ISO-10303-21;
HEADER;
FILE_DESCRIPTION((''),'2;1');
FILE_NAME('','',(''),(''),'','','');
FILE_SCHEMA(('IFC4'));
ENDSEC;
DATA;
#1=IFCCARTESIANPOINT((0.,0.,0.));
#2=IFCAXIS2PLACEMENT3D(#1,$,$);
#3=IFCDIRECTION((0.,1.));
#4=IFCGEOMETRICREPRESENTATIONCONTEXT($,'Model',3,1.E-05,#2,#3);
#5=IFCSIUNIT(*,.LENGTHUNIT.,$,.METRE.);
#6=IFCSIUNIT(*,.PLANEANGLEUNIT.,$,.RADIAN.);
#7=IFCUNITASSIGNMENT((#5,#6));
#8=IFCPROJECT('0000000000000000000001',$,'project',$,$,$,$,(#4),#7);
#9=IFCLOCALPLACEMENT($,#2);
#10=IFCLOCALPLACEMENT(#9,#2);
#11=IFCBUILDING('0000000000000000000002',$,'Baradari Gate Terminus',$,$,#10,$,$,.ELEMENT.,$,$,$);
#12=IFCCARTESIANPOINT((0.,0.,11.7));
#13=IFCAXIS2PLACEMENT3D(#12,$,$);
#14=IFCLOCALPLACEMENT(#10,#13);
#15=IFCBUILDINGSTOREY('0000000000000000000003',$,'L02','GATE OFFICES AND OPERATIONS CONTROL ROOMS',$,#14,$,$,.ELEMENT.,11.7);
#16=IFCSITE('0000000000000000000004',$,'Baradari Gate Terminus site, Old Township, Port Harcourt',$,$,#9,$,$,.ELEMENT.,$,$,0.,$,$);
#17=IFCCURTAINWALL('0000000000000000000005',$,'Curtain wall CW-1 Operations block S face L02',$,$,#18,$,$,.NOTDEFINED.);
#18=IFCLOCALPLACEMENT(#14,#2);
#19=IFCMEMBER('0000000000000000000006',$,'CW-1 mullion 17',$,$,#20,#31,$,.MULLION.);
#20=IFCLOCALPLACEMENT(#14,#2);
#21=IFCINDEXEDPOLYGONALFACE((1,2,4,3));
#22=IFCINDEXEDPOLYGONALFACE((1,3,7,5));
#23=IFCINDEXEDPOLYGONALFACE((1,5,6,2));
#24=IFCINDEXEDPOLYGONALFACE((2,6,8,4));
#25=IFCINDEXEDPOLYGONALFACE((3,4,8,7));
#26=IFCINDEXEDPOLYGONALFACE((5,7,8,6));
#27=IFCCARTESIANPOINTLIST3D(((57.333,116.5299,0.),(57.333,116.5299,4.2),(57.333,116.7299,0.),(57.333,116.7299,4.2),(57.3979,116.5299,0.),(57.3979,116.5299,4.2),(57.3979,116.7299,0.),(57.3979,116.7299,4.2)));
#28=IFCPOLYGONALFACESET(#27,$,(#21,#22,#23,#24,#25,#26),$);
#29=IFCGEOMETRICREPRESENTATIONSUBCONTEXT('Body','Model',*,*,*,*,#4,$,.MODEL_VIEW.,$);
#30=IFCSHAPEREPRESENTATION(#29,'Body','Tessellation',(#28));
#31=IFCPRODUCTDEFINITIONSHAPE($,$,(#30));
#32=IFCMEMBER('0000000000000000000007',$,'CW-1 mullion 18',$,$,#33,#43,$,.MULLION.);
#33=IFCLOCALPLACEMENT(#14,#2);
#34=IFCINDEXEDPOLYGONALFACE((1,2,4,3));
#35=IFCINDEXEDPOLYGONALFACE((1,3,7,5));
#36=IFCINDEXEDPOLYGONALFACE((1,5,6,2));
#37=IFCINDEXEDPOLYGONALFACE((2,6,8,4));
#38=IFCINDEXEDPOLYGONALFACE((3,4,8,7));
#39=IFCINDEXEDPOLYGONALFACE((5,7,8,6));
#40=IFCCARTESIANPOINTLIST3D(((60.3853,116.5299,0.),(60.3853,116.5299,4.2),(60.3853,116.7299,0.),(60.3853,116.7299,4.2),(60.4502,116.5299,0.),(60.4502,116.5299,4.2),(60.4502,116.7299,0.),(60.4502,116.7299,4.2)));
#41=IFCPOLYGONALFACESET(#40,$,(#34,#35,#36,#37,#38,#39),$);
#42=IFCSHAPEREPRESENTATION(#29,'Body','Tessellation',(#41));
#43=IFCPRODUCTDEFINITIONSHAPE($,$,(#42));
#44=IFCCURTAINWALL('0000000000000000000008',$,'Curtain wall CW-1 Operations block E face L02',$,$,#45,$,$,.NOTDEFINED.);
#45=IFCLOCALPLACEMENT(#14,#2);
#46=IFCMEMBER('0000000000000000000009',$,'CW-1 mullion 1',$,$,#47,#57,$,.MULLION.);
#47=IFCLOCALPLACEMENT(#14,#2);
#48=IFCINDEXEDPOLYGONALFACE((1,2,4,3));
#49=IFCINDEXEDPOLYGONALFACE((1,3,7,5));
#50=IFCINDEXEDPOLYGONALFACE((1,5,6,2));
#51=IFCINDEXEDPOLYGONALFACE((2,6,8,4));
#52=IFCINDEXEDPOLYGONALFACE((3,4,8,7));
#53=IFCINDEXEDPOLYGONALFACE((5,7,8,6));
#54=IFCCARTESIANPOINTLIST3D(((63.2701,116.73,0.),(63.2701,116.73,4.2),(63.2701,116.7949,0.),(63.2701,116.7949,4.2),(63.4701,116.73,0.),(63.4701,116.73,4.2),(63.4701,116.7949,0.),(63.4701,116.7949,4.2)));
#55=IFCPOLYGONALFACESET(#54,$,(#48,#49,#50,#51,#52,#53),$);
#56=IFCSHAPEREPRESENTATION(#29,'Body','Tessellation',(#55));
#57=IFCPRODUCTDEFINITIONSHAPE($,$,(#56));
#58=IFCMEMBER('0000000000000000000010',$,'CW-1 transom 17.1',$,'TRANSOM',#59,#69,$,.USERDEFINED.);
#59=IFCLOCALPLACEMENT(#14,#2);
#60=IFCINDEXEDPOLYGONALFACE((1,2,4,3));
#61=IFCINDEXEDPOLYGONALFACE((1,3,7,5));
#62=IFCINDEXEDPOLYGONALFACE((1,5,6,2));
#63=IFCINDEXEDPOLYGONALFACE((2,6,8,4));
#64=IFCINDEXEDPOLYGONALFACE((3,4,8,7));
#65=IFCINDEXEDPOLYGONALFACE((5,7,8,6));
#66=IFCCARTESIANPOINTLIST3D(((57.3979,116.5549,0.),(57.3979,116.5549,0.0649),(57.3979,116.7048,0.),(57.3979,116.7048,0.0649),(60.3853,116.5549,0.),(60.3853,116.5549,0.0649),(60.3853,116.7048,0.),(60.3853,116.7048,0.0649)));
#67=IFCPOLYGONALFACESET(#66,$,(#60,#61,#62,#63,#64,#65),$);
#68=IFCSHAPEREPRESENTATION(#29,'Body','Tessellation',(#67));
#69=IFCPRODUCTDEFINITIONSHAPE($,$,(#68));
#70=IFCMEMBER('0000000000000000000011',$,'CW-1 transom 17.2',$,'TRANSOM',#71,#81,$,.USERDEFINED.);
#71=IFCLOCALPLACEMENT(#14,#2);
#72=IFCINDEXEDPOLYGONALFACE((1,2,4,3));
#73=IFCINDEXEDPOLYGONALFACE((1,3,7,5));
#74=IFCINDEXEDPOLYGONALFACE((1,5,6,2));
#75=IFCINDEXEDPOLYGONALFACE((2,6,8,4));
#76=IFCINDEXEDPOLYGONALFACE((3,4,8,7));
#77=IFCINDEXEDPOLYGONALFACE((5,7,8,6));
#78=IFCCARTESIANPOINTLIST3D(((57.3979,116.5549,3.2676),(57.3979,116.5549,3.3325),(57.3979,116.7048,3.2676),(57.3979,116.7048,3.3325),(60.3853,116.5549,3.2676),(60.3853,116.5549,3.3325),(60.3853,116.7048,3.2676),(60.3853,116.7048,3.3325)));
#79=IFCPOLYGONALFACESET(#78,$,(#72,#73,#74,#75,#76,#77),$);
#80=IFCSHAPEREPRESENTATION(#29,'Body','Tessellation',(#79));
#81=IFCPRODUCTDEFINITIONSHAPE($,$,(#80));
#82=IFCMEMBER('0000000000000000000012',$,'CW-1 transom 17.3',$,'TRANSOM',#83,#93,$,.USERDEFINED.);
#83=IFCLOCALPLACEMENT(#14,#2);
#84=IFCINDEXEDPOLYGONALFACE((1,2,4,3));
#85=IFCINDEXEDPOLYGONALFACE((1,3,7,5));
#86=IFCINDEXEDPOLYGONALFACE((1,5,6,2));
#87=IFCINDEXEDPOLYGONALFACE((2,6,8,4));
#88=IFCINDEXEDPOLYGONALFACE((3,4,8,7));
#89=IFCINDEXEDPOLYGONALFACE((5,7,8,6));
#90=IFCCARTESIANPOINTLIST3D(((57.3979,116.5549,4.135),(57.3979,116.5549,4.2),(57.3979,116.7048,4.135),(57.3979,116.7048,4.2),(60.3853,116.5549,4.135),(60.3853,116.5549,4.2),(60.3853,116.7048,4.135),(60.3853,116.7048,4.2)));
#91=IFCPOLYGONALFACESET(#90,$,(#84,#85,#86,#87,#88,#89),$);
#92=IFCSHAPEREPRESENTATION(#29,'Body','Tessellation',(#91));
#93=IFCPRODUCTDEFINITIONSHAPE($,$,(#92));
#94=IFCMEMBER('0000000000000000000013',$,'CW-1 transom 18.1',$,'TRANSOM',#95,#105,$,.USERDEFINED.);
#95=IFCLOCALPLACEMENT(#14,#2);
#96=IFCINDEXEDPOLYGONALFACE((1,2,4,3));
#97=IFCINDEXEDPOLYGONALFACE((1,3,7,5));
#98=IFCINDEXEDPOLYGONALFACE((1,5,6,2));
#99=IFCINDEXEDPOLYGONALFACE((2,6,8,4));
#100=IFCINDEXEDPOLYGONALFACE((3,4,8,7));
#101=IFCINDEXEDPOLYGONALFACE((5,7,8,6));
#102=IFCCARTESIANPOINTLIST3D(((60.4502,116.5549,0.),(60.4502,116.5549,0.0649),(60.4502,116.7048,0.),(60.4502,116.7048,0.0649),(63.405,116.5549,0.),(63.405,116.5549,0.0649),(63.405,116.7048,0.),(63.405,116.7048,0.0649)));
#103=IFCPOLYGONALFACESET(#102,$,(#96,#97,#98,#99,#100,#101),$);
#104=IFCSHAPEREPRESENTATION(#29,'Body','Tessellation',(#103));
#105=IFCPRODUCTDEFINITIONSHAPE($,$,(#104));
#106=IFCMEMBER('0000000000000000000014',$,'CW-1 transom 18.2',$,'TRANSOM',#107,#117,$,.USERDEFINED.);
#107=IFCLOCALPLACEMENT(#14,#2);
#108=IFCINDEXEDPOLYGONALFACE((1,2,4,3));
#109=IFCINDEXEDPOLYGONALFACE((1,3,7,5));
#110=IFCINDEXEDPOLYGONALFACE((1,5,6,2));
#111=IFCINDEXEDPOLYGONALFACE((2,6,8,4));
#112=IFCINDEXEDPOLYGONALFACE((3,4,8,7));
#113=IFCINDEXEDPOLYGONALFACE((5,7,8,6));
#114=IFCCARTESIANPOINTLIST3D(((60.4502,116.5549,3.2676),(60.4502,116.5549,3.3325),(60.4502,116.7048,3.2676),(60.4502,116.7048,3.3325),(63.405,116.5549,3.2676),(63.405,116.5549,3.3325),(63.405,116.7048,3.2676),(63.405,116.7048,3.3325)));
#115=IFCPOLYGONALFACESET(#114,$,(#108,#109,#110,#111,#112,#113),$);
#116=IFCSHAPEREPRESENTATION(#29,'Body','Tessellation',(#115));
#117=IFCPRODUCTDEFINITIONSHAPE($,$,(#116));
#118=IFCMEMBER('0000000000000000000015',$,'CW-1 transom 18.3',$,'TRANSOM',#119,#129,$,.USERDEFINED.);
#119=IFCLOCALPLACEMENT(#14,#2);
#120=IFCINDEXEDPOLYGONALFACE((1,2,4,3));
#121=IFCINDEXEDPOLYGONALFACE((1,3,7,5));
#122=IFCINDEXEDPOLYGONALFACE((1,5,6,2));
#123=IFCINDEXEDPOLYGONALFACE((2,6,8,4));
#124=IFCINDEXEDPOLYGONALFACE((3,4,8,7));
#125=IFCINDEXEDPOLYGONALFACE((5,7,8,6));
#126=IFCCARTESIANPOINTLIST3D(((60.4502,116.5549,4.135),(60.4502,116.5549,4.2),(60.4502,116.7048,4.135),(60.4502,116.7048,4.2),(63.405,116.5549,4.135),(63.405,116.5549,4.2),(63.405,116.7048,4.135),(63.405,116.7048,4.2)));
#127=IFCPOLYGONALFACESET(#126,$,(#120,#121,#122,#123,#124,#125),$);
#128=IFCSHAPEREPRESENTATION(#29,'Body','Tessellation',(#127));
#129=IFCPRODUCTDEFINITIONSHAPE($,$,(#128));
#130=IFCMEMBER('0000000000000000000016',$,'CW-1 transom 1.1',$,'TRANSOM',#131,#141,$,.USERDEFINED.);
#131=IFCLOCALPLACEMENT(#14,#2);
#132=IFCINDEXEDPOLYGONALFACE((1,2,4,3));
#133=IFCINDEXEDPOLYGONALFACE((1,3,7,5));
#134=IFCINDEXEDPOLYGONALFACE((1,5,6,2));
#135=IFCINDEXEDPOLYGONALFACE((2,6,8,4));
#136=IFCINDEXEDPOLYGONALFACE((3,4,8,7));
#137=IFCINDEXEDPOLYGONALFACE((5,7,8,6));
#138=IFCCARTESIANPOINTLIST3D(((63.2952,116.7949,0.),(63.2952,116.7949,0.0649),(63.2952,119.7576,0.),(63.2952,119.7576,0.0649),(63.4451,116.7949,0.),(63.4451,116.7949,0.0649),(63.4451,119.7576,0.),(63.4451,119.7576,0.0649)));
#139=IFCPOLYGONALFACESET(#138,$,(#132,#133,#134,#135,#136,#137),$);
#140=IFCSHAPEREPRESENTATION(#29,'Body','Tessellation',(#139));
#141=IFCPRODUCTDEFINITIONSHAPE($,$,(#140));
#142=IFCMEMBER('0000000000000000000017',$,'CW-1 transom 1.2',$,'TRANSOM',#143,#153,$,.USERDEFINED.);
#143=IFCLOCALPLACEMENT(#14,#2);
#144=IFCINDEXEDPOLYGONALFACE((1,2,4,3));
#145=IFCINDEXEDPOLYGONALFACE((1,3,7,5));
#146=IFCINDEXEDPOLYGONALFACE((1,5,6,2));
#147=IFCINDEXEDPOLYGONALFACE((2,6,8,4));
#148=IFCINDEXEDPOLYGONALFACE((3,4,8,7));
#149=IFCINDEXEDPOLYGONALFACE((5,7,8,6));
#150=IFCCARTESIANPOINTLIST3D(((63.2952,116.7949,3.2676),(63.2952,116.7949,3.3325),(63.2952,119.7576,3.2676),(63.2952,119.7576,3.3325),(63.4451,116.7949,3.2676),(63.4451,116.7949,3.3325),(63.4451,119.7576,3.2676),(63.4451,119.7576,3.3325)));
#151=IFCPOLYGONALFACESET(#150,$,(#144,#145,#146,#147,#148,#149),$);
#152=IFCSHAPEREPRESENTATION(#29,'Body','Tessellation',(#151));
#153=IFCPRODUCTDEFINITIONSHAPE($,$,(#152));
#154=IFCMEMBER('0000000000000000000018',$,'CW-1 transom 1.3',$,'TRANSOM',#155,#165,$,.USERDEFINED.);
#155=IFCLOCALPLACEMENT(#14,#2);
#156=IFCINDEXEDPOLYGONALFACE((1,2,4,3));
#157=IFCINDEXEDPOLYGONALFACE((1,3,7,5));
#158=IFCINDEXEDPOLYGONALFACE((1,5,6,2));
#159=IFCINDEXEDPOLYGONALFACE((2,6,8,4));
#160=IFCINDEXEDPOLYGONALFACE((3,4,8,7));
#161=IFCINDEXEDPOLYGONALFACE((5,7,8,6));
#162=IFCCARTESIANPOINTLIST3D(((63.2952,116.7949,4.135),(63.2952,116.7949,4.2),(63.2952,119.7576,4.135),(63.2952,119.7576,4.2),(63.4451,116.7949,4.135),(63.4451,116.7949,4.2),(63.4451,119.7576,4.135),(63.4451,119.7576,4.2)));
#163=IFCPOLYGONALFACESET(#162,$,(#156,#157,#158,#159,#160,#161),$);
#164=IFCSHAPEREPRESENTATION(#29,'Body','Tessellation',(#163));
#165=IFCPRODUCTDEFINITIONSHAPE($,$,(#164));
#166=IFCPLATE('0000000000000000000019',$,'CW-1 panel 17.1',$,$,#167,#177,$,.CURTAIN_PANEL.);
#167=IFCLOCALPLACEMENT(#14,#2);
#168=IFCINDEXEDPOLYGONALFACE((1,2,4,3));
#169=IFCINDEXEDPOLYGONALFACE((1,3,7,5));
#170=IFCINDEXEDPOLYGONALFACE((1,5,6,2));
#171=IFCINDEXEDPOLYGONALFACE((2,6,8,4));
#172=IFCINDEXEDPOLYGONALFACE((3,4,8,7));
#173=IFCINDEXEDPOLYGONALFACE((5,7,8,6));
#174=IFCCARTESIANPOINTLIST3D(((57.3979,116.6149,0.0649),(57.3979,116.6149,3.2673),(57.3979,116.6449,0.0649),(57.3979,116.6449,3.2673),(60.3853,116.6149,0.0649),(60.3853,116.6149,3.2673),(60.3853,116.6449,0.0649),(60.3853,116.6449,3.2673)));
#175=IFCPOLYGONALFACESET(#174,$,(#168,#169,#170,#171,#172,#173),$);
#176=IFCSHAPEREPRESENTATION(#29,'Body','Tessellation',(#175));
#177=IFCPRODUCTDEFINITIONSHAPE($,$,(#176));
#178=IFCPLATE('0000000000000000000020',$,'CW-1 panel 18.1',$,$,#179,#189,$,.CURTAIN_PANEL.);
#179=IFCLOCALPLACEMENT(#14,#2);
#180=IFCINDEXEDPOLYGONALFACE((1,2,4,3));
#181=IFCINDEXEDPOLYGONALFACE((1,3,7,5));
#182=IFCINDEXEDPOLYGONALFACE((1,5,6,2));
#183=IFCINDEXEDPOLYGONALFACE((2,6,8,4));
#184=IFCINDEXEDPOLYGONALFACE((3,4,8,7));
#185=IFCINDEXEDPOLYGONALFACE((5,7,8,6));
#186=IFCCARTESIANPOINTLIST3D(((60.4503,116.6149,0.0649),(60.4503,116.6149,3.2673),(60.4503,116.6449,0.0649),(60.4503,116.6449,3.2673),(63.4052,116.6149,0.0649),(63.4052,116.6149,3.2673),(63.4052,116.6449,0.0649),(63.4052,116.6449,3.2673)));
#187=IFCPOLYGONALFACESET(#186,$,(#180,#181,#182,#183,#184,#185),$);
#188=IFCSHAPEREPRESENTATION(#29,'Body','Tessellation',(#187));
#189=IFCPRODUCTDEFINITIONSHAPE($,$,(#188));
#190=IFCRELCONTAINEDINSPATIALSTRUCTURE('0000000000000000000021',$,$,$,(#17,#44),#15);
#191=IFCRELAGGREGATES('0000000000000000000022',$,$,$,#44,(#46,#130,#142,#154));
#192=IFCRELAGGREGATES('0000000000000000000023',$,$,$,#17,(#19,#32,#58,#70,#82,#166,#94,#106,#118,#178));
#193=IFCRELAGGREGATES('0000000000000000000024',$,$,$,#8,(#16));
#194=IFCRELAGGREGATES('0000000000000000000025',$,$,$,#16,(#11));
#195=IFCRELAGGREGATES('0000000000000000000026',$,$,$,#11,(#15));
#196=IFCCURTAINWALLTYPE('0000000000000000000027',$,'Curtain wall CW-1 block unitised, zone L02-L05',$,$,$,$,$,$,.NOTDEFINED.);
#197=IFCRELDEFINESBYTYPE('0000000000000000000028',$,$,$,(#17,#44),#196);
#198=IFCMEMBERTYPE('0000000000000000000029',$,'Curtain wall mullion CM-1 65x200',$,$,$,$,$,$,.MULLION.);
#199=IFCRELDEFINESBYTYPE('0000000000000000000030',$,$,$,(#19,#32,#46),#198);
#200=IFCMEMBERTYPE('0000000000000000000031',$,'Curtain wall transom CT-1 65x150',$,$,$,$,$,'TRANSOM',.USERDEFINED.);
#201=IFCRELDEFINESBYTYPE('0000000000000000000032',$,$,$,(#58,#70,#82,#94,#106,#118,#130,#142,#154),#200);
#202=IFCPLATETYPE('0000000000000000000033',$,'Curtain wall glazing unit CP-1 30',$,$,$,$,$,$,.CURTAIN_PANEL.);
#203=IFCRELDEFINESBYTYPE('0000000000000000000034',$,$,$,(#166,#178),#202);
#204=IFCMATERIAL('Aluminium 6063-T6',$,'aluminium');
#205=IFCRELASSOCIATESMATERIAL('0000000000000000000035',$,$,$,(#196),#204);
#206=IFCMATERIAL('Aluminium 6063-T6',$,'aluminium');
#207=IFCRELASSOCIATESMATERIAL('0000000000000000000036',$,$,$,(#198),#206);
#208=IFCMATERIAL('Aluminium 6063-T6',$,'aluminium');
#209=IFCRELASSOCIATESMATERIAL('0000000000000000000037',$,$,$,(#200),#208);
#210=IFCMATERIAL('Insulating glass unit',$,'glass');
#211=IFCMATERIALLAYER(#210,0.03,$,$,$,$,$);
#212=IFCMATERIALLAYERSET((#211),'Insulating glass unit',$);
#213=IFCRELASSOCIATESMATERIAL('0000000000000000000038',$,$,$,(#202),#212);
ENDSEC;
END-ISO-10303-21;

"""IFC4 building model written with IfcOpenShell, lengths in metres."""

from ifc_helpers import new_model, si_unit, direction, frame, origin, origin_2d, place, context, subcontext, project, spatial, rectangle, extrude, material, layer, layer_set, material_profile, profile_set, type_object, element, aggregate, save


model = new_model("IFC4")

# Units and contexts
model_context = context("Model", 3, precision=1e-05, world=origin(), true_north=direction((0.0, 1.0)))
body_context = subcontext(model_context, "Body", "Model", "MODEL_VIEW")
ifc_project = project(units=[si_unit("LENGTHUNIT", "METRE"), si_unit("PLANEANGLEUNIT", "RADIAN")], contexts=[model_context])

# Site, building, storey
site_placement = place(None, origin())
site = spatial("IfcSite", under=ifc_project, at=site_placement, Name="Baradari Gate Terminus site, Old Township, Port Harcourt", CompositionType="ELEMENT", RefElevation=0.0)
building_placement = place(site_placement, origin())
building = spatial("IfcBuilding", under=site, at=building_placement, Name="Baradari Gate Terminus", CompositionType="ELEMENT")
storey_placement = place(building_placement, frame((0.0, 0.0, 11.7)))
storey = spatial("IfcBuildingStorey", under=building, at=storey_placement, Name="L02", Description="GATE OFFICES AND OPERATIONS CONTROL ROOMS", CompositionType="ELEMENT", Elevation=11.7)

# Curtain wall, members
ifc_material_1 = material(Name="Aluminium 6063-T6", Category="aluminium")
curtain_wall_type = type_object("IfcCurtainWallType", Name="Curtain wall CW-1 block unitised, zone L02-L05", PredefinedType="NOTDEFINED", material=ifc_material_1)
curtain_wall_1_placement = place(storey_placement, origin())
curtain_wall_1 = element("IfcCurtainWall", 1, at=curtain_wall_1_placement, inside=storey, type_object=curtain_wall_type, Name="Curtain wall CW-1 Operations block S face L02", PredefinedType="NOTDEFINED")
ifc_material_2 = material(Name="Aluminium 6063-T6", Category="aluminium")
ifc_material_profile_1 = material_profile(ifc_material_2, rectangle(XDim=0.2, YDim=0.0649, at=origin_2d()), Name="CM-1 65X200")
ifc_profile_set_1 = profile_set([ifc_material_profile_1], Name="Aluminium 6063-T6")
member_type_1 = type_object("IfcMemberType", Name="Curtain wall mullion CM-1 65x200", PredefinedType="MULLION", material=ifc_profile_set_1)
member_1_placement = place(storey_placement, frame((57.3655, 116.6299, 0.0), z_axis=(0.0, 0.0, 1.0), x_axis=(0.0, 1.0, 0.0)))
member_1 = element("IfcMember", 2, at=member_1_placement, type_object=member_type_1, Name="CW-1 mullion 17", PredefinedType="MULLION", context=body_context, shape_type="SweptSolid", body=[
    extrude(rectangle(XDim=0.2, YDim=0.0649, at=origin_2d()), origin(), (0.0, 0.0, 1.0), 4.2),
])
member_2_placement = place(storey_placement, frame((60.4177, 116.6299, 0.0), z_axis=(0.0, 0.0, 1.0), x_axis=(0.0, 1.0, 0.0)))
member_2 = element("IfcMember", 3, at=member_2_placement, type_object=member_type_1, Name="CW-1 mullion 18", PredefinedType="MULLION", context=body_context, shape_type="SweptSolid", body=[
    extrude(rectangle(XDim=0.2, YDim=0.0649, at=origin_2d()), origin(), (0.0, 0.0, 1.0), 4.2),
])

# Curtain wall, member
curtain_wall_2_placement = place(storey_placement, origin())
curtain_wall_2 = element("IfcCurtainWall", 4, at=curtain_wall_2_placement, inside=storey, type_object=curtain_wall_type, Name="Curtain wall CW-1 Operations block E face L02", PredefinedType="NOTDEFINED")
member_3_placement = place(storey_placement, frame((63.3701, 116.7625, 0.0), z_axis=(0.0, 0.0, 1.0), x_axis=(-1.0, 0.0, 0.0)))
member_3 = element("IfcMember", 5, at=member_3_placement, type_object=member_type_1, Name="CW-1 mullion 1", PredefinedType="MULLION", context=body_context, shape_type="SweptSolid", body=[
    extrude(rectangle(XDim=0.2, YDim=0.0649, at=origin_2d()), origin(), (0.0, 0.0, 1.0), 4.2),
])

# Members
ifc_material_3 = material(Name="Aluminium 6063-T6", Category="aluminium")
ifc_material_profile_2 = material_profile(ifc_material_3, rectangle(XDim=0.1499, YDim=0.0649, at=origin_2d()), Name="CT-1 65X150")
ifc_profile_set_2 = profile_set([ifc_material_profile_2], Name="Aluminium 6063-T6")
member_type_2 = type_object("IfcMemberType", Name="Curtain wall transom CT-1 65x150", ElementType="TRANSOM", PredefinedType="USERDEFINED", material=ifc_profile_set_2)
member_4_placement = place(storey_placement, frame((57.3979, 116.6299, 0.0325), z_axis=(1.0, 0.0, 0.0), x_axis=(0.0, 1.0, 0.0)))
member_4 = element("IfcMember", 6, at=member_4_placement, type_object=member_type_2, Name="CW-1 transom 17.1", ObjectType="TRANSOM", PredefinedType="USERDEFINED", context=body_context, shape_type="SweptSolid", body=[
    extrude(rectangle(XDim=0.1499, YDim=0.0649, at=origin_2d()), origin(), (0.0, 0.0, 1.0), 2.9873),
])
member_5_placement = place(storey_placement, frame((57.3979, 116.6299, 3.3), z_axis=(1.0, 0.0, 0.0), x_axis=(0.0, 1.0, 0.0)))
member_5 = element("IfcMember", 7, at=member_5_placement, type_object=member_type_2, Name="CW-1 transom 17.2", ObjectType="TRANSOM", PredefinedType="USERDEFINED", context=body_context, shape_type="SweptSolid", body=[
    extrude(rectangle(XDim=0.1499, YDim=0.0649, at=origin_2d()), origin(), (0.0, 0.0, 1.0), 2.9873),
])
member_6_placement = place(storey_placement, frame((57.3979, 116.6299, 4.1675), z_axis=(1.0, 0.0, 0.0), x_axis=(0.0, 1.0, 0.0)))
member_6 = element("IfcMember", 8, at=member_6_placement, type_object=member_type_2, Name="CW-1 transom 17.3", ObjectType="TRANSOM", PredefinedType="USERDEFINED", context=body_context, shape_type="SweptSolid", body=[
    extrude(rectangle(XDim=0.1499, YDim=0.0649, at=origin_2d()), origin(), (0.0, 0.0, 1.0), 2.9873),
])
member_7_placement = place(storey_placement, frame((60.4502, 116.6299, 0.0325), z_axis=(1.0, 0.0, 0.0), x_axis=(0.0, 1.0, 0.0)))
member_7 = element("IfcMember", 9, at=member_7_placement, type_object=member_type_2, Name="CW-1 transom 18.1", ObjectType="TRANSOM", PredefinedType="USERDEFINED", context=body_context, shape_type="SweptSolid", body=[
    extrude(rectangle(XDim=0.1499, YDim=0.0649, at=origin_2d()), origin(), (0.0, 0.0, 1.0), 2.9548),
])
member_8_placement = place(storey_placement, frame((60.4502, 116.6299, 3.3), z_axis=(1.0, 0.0, 0.0), x_axis=(0.0, 1.0, 0.0)))
member_8 = element("IfcMember", 10, at=member_8_placement, type_object=member_type_2, Name="CW-1 transom 18.2", ObjectType="TRANSOM", PredefinedType="USERDEFINED", context=body_context, shape_type="SweptSolid", body=[
    extrude(rectangle(XDim=0.1499, YDim=0.0649, at=origin_2d()), origin(), (0.0, 0.0, 1.0), 2.9548),
])
member_9_placement = place(storey_placement, frame((60.4502, 116.6299, 4.1675), z_axis=(1.0, 0.0, 0.0), x_axis=(0.0, 1.0, 0.0)))
member_9 = element("IfcMember", 11, at=member_9_placement, type_object=member_type_2, Name="CW-1 transom 18.3", ObjectType="TRANSOM", PredefinedType="USERDEFINED", context=body_context, shape_type="SweptSolid", body=[
    extrude(rectangle(XDim=0.1499, YDim=0.0649, at=origin_2d()), origin(), (0.0, 0.0, 1.0), 2.9548),
])
member_10_placement = place(storey_placement, frame((63.3701, 116.7949, 0.0325), z_axis=(0.0, 1.0, 0.0), x_axis=(-1.0, 0.0, 0.0)))
member_10 = element("IfcMember", 12, at=member_10_placement, type_object=member_type_2, Name="CW-1 transom 1.1", ObjectType="TRANSOM", PredefinedType="USERDEFINED", context=body_context, shape_type="SweptSolid", body=[
    extrude(rectangle(XDim=0.1499, YDim=0.0649, at=origin_2d()), origin(), (0.0, 0.0, 1.0), 2.9626),
])
member_11_placement = place(storey_placement, frame((63.3701, 116.7949, 3.3), z_axis=(0.0, 1.0, 0.0), x_axis=(-1.0, 0.0, 0.0)))
member_11 = element("IfcMember", 13, at=member_11_placement, type_object=member_type_2, Name="CW-1 transom 1.2", ObjectType="TRANSOM", PredefinedType="USERDEFINED", context=body_context, shape_type="SweptSolid", body=[
    extrude(rectangle(XDim=0.1499, YDim=0.0649, at=origin_2d()), origin(), (0.0, 0.0, 1.0), 2.9626),
])
member_12_placement = place(storey_placement, frame((63.3701, 116.7949, 4.1675), z_axis=(0.0, 1.0, 0.0), x_axis=(-1.0, 0.0, 0.0)))
member_12 = element("IfcMember", 14, at=member_12_placement, type_object=member_type_2, Name="CW-1 transom 1.3", ObjectType="TRANSOM", PredefinedType="USERDEFINED", context=body_context, shape_type="SweptSolid", body=[
    extrude(rectangle(XDim=0.1499, YDim=0.0649, at=origin_2d()), origin(), (0.0, 0.0, 1.0), 2.9626),
])
aggregate(curtain_wall_2, [member_3, member_10, member_11, member_12])

# Plates
ifc_material_4 = material(Name="Insulating glass unit", Category="glass")
ifc_layer_1 = layer(ifc_material_4, 0.03)
ifc_layer_set_1 = layer_set([ifc_layer_1], Name="Insulating glass unit")
plate_type_1 = type_object("IfcPlateType", Name="Curtain wall glazing unit CP-1 30", PredefinedType="CURTAIN_PANEL", material=ifc_layer_set_1)
plate_1_placement = place(storey_placement, frame((58.8916, 116.6299, 0.0649), z_axis=(0.0, 0.0, 1.0), x_axis=(1.0, 0.0, 0.0)))
plate_1 = element("IfcPlate", 15, at=plate_1_placement, type_object=plate_type_1, Name="CW-1 panel 17.1", PredefinedType="CURTAIN_PANEL", context=body_context, shape_type="SweptSolid", body=[
    extrude(rectangle(XDim=2.9873, YDim=0.03, at=origin_2d()), origin(), (0.0, 0.0, 1.0), 3.2024),
])
plate_2_placement = place(storey_placement, frame((61.9277, 116.6299, 0.0649), z_axis=(0.0, 0.0, 1.0), x_axis=(1.0, 0.0, 0.0)))
plate_2 = element("IfcPlate", 16, at=plate_2_placement, type_object=plate_type_1, Name="CW-1 panel 18.1", PredefinedType="CURTAIN_PANEL", context=body_context, shape_type="SweptSolid", body=[
    extrude(rectangle(XDim=2.9548, YDim=0.03, at=origin_2d()), origin(), (0.0, 0.0, 1.0), 3.2024),
])
aggregate(curtain_wall_1, [member_1, member_2, member_4, member_5, member_6, plate_1, member_7, member_8, member_9, plate_2])

save(model, "model.ifc")
